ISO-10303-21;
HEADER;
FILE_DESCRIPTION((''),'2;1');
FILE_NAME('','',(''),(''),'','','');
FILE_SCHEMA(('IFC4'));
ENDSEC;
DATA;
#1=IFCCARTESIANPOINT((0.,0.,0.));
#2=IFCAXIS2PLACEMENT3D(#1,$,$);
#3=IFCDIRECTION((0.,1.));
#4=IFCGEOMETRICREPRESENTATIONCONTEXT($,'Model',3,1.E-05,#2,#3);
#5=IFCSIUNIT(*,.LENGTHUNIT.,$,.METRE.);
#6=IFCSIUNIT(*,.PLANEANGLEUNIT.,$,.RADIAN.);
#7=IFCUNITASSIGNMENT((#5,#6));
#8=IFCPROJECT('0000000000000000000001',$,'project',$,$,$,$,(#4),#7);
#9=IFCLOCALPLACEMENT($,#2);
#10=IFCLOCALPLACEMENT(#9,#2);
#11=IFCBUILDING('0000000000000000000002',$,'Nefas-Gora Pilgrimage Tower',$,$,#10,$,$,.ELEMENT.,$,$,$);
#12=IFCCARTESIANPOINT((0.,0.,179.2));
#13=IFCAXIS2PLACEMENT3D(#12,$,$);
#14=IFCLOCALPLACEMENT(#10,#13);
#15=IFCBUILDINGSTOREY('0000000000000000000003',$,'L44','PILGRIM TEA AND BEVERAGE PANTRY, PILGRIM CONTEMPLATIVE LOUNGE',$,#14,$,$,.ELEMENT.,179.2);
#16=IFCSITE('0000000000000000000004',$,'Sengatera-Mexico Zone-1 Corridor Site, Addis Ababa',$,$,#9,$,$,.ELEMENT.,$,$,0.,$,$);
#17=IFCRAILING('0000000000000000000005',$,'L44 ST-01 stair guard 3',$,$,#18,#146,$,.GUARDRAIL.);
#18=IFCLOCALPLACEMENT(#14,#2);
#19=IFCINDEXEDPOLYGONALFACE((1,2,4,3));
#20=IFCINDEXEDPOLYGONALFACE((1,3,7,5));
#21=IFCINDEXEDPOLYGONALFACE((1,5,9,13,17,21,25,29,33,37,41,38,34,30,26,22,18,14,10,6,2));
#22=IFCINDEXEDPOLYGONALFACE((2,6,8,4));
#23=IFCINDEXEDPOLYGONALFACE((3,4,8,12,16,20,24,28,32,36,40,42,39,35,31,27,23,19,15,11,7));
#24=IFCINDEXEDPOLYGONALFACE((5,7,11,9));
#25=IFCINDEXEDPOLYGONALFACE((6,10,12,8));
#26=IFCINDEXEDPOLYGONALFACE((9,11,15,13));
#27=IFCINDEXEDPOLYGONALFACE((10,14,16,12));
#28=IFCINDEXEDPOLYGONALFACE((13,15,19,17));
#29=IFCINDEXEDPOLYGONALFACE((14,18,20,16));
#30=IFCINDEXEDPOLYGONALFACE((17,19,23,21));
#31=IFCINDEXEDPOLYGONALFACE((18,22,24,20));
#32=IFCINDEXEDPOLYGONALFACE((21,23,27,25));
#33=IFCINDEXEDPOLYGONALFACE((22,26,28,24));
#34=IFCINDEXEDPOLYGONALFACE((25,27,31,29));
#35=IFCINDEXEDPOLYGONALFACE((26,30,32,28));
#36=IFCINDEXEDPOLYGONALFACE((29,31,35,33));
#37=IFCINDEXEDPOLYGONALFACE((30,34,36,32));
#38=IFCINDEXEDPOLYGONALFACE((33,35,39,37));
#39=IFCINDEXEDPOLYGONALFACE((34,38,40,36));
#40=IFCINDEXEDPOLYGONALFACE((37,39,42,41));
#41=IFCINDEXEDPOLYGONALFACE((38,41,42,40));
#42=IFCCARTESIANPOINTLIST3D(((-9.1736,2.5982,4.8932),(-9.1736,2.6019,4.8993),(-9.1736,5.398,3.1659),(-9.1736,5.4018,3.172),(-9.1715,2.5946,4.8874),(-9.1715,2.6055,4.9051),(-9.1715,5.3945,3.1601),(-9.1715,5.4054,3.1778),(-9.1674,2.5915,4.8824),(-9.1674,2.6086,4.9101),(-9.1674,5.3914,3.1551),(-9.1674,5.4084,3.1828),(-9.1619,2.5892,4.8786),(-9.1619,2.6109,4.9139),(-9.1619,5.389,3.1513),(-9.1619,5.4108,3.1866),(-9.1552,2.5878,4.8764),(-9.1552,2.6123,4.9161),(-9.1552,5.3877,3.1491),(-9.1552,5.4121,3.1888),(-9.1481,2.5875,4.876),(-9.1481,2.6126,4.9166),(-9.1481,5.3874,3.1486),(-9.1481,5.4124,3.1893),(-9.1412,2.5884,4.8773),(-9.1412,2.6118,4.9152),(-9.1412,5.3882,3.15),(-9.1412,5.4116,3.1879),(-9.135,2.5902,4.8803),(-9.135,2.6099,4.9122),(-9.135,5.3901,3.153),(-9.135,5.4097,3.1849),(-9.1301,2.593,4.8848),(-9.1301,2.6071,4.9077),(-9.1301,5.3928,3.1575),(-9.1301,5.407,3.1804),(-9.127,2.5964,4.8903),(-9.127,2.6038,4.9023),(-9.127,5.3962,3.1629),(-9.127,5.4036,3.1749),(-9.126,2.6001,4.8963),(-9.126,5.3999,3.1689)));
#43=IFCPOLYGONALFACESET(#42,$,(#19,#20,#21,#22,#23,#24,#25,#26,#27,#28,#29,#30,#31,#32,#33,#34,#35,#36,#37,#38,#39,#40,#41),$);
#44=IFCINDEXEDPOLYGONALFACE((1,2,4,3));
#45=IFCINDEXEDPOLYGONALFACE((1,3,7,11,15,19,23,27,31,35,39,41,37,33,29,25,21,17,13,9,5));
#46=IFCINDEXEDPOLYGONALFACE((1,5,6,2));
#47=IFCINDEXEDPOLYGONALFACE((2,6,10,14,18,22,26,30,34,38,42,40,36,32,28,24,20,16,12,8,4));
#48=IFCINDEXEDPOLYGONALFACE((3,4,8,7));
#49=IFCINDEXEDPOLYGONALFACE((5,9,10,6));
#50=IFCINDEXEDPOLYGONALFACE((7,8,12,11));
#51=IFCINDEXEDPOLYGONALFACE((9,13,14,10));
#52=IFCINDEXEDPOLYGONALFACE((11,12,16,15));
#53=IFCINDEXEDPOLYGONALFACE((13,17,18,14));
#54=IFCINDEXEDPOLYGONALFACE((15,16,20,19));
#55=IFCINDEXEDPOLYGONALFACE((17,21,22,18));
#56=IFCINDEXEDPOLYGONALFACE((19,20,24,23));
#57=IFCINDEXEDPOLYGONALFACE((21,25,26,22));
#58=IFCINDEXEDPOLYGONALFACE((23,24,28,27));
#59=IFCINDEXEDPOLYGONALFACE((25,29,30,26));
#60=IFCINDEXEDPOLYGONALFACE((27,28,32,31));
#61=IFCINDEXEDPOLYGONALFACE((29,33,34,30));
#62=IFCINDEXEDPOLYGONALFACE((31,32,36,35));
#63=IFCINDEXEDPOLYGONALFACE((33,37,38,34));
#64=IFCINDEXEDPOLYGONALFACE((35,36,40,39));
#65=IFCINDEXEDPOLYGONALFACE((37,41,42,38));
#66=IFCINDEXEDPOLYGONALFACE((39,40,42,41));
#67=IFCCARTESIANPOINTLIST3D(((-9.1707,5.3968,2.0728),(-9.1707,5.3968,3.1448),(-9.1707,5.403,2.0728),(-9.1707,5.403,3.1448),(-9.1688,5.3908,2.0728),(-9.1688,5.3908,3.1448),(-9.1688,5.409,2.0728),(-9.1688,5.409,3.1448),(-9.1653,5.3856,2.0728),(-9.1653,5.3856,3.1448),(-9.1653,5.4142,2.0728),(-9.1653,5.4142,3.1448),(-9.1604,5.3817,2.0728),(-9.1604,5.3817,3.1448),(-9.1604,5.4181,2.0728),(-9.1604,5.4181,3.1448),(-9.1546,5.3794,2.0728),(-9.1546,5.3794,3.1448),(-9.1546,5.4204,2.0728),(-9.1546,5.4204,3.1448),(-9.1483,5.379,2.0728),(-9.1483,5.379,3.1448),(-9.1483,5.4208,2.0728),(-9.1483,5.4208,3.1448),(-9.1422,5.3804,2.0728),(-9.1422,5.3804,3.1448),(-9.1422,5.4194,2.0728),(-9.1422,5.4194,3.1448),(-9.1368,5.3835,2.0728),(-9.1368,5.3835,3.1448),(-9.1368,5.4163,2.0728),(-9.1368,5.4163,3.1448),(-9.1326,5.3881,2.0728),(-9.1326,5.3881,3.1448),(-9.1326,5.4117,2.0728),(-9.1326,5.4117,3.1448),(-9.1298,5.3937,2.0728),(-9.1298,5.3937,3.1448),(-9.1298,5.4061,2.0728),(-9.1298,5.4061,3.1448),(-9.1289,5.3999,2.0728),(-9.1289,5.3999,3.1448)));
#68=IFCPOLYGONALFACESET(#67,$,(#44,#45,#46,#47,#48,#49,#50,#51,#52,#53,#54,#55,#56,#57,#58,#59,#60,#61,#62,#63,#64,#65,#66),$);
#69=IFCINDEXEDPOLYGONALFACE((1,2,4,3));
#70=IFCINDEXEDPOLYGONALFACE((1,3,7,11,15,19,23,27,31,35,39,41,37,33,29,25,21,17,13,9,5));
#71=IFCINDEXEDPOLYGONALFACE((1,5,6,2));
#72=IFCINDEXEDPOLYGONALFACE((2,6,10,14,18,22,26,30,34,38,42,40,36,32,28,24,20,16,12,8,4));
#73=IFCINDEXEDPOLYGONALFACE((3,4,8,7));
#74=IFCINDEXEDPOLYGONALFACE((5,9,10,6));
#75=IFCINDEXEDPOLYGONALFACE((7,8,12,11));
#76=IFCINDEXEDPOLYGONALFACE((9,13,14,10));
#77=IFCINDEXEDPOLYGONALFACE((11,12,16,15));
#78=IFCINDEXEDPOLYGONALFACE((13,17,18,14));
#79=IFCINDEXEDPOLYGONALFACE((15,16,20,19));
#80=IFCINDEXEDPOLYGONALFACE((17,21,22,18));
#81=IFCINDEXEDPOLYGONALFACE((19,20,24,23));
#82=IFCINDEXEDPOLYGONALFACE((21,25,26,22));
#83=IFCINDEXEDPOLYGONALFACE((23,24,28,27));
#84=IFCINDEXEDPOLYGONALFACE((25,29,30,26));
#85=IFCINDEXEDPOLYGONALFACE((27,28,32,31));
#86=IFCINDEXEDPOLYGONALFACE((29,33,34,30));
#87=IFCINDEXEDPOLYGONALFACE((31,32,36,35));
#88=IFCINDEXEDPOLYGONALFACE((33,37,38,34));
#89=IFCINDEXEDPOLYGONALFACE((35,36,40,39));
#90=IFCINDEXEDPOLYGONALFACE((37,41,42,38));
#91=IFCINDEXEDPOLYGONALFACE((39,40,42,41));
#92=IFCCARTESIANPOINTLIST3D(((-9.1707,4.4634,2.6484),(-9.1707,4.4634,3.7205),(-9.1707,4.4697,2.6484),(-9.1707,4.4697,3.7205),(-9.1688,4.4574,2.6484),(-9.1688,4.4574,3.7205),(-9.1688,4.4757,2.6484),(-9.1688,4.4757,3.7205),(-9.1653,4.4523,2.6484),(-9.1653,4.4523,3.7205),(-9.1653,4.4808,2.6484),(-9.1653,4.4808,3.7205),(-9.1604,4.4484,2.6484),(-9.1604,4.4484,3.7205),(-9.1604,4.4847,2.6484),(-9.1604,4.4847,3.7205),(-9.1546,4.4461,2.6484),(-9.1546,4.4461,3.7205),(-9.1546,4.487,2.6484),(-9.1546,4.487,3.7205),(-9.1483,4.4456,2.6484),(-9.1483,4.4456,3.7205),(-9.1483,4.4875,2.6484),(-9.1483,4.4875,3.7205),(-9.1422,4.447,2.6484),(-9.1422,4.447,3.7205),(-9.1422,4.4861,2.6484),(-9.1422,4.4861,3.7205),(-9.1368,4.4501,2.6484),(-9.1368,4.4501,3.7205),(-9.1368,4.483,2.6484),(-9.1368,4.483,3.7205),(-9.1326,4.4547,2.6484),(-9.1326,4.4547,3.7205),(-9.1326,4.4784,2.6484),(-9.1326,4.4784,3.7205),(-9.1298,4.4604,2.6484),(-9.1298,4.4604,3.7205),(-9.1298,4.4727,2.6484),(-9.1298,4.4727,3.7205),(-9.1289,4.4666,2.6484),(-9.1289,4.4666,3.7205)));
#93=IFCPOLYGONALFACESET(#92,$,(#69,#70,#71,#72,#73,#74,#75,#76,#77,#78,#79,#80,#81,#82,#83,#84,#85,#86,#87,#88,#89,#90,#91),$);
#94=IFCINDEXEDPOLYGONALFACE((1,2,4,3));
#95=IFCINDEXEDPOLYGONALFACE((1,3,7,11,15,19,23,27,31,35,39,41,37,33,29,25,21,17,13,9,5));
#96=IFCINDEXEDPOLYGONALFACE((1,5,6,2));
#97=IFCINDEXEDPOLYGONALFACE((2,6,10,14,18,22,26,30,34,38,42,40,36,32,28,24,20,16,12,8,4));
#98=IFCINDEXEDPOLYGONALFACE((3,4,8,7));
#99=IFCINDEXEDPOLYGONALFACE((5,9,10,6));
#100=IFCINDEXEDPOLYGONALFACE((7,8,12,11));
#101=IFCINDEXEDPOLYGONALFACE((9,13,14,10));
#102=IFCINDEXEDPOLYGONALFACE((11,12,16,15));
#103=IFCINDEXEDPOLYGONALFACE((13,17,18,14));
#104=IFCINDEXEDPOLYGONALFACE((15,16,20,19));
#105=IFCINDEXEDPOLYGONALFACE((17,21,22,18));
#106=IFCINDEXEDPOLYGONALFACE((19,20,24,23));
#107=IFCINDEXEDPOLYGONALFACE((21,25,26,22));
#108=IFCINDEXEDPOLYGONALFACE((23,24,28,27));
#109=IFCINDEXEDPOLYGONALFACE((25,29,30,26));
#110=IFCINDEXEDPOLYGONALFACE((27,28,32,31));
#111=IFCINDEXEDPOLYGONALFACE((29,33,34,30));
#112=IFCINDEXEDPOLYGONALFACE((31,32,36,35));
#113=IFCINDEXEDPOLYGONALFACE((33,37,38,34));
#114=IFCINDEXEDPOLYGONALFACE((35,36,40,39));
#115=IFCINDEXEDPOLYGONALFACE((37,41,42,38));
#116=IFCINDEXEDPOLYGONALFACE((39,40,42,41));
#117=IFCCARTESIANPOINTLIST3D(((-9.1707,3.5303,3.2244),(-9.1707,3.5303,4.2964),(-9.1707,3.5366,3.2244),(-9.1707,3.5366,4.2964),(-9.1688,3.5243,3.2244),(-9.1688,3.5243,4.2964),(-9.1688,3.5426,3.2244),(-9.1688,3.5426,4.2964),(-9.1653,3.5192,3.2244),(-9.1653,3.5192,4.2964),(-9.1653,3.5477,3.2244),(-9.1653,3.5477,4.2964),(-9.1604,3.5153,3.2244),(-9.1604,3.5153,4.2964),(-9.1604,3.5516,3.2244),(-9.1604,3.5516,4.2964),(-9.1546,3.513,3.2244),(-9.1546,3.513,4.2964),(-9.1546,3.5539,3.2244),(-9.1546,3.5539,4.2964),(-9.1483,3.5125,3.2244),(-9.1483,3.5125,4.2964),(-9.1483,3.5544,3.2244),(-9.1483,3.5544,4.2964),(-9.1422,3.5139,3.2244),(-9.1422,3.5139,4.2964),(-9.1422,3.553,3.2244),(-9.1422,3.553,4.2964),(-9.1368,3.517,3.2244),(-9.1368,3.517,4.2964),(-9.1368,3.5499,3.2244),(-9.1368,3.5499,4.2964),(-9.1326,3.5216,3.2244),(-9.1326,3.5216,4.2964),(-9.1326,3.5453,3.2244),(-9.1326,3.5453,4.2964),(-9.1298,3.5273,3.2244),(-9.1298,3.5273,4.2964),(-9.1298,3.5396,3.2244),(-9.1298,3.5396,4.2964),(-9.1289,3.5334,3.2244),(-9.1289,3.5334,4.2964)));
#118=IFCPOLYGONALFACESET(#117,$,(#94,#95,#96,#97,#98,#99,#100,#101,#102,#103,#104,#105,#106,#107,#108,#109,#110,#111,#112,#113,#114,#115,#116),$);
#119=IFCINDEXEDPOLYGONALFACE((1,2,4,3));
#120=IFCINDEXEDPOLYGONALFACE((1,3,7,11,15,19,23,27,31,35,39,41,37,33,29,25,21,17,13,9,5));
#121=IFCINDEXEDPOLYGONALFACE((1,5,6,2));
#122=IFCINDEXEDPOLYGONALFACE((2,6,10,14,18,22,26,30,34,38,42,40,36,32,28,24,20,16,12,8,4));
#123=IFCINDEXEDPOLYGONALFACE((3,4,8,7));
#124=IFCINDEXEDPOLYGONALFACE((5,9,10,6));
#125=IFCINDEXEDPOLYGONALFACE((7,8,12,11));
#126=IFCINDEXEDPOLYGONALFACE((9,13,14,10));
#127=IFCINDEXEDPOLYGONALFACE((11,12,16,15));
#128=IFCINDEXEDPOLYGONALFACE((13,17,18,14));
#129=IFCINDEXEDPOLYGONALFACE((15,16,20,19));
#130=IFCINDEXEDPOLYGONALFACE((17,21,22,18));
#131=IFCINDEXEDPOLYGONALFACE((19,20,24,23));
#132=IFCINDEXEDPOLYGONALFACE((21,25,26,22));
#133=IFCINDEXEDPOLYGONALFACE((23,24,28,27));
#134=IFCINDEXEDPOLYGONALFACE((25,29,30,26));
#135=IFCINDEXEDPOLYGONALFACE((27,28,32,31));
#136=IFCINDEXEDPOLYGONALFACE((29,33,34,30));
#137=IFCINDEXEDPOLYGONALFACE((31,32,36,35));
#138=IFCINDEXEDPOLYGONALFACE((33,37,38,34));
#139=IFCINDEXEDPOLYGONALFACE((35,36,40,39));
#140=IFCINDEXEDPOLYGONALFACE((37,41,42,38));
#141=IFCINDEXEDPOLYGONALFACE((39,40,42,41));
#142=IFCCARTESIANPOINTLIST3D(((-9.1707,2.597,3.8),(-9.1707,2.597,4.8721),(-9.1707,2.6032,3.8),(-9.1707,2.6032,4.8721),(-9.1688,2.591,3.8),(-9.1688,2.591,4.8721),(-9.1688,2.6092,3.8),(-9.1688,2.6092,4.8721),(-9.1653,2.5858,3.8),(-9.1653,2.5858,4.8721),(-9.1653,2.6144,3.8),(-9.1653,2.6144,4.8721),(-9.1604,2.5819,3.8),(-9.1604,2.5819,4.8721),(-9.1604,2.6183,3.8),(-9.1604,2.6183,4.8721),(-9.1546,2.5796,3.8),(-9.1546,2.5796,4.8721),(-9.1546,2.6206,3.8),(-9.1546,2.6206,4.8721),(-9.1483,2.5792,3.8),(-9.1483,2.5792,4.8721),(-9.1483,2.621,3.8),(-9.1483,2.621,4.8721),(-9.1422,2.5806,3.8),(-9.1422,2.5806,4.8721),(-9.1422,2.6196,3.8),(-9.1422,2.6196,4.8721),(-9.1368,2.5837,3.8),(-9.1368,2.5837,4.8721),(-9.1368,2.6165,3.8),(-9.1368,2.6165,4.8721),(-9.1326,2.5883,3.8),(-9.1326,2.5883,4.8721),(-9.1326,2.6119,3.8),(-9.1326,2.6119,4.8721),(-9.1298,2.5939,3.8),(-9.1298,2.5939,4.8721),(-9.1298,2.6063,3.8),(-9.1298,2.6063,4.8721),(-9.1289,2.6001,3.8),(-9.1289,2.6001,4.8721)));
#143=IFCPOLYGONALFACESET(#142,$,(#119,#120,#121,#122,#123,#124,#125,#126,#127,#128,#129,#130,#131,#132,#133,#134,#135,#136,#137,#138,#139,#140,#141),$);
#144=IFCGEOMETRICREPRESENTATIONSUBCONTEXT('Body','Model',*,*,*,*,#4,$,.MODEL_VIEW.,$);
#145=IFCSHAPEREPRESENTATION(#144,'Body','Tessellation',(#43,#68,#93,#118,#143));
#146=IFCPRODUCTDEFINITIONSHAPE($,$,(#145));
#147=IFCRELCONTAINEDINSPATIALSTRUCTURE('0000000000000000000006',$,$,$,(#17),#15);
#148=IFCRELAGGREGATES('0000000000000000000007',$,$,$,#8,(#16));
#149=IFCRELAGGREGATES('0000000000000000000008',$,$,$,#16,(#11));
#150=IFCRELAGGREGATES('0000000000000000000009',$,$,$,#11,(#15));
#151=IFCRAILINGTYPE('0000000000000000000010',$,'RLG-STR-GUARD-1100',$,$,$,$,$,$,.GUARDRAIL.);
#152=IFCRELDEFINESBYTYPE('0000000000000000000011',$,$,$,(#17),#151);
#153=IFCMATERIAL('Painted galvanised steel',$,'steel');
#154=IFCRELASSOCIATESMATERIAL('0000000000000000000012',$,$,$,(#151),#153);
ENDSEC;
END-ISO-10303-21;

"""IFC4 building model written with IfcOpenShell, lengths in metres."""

from ifc_helpers import new_model, si_unit, direction, frame, origin, origin_2d, place, context, subcontext, project, spatial, circle, extrude, material, type_object, element, save


model = new_model("IFC4")

# Units and contexts
model_context = context("Model", 3, precision=1e-05, world=origin(), true_north=direction((0.0, 1.0)))
body_context = subcontext(model_context, "Body", "Model", "MODEL_VIEW")
ifc_project = project(units=[si_unit("LENGTHUNIT", "METRE"), si_unit("PLANEANGLEUNIT", "RADIAN")], contexts=[model_context])

# Site, building, storey
site_placement = place(None, origin())
site = spatial("IfcSite", under=ifc_project, at=site_placement, Name="Sengatera-Mexico Zone-1 Corridor Site, Addis Ababa", CompositionType="ELEMENT", RefElevation=0.0)
building_placement = place(site_placement, origin())
building = spatial("IfcBuilding", under=site, at=building_placement, Name="Nefas-Gora Pilgrimage Tower", CompositionType="ELEMENT")
storey_placement = place(building_placement, frame((0.0, 0.0, 179.2)))
storey = spatial("IfcBuildingStorey", under=building, at=storey_placement, Name="L44", Description="PILGRIM TEA AND BEVERAGE PANTRY, PILGRIM CONTEMPLATIVE LOUNGE", CompositionType="ELEMENT", Elevation=179.2)

# Railing
ifc_material_1 = material(Name="Painted galvanised steel", Category="steel")
railing_type_1 = type_object("IfcRailingType", Name="RLG-STR-GUARD-1100", PredefinedType="GUARDRAIL", material=ifc_material_1)
railing_1_placement = place(storey_placement, frame((-9.1499, 5.3999, 2.0728)))
element("IfcRailing", 1, at=railing_1_placement, inside=storey, type_object=railing_type_1, Name="L44 ST-01 stair guard 3", PredefinedType="GUARDRAIL", context=body_context, shape_type="SweptSolid", body=[
    extrude(circle(Radius=0.0239, at=origin_2d()), frame((0.0, 0.0, 1.0962), z_axis=(0.0, -0.851069, 0.525054), x_axis=(1.0, 0.0, 0.0)), (0.0, 0.0, 1.0), 3.2898),
    extrude(circle(Radius=0.021, at=origin_2d()), origin(), (0.0, 0.0, 1.0), 1.072),
    extrude(circle(Radius=0.021, at=origin_2d()), frame((0.0, -0.9333, 0.5757)), (0.0, 0.0, 1.0), 1.072),
    extrude(circle(Radius=0.021, at=origin_2d()), frame((0.0, -1.8665, 1.1516)), (0.0, 0.0, 1.0), 1.072),
    extrude(circle(Radius=0.021, at=origin_2d()), frame((0.0, -2.7998, 1.7273)), (0.0, 0.0, 1.0), 1.072),
])

save(model, "model.ifc")
